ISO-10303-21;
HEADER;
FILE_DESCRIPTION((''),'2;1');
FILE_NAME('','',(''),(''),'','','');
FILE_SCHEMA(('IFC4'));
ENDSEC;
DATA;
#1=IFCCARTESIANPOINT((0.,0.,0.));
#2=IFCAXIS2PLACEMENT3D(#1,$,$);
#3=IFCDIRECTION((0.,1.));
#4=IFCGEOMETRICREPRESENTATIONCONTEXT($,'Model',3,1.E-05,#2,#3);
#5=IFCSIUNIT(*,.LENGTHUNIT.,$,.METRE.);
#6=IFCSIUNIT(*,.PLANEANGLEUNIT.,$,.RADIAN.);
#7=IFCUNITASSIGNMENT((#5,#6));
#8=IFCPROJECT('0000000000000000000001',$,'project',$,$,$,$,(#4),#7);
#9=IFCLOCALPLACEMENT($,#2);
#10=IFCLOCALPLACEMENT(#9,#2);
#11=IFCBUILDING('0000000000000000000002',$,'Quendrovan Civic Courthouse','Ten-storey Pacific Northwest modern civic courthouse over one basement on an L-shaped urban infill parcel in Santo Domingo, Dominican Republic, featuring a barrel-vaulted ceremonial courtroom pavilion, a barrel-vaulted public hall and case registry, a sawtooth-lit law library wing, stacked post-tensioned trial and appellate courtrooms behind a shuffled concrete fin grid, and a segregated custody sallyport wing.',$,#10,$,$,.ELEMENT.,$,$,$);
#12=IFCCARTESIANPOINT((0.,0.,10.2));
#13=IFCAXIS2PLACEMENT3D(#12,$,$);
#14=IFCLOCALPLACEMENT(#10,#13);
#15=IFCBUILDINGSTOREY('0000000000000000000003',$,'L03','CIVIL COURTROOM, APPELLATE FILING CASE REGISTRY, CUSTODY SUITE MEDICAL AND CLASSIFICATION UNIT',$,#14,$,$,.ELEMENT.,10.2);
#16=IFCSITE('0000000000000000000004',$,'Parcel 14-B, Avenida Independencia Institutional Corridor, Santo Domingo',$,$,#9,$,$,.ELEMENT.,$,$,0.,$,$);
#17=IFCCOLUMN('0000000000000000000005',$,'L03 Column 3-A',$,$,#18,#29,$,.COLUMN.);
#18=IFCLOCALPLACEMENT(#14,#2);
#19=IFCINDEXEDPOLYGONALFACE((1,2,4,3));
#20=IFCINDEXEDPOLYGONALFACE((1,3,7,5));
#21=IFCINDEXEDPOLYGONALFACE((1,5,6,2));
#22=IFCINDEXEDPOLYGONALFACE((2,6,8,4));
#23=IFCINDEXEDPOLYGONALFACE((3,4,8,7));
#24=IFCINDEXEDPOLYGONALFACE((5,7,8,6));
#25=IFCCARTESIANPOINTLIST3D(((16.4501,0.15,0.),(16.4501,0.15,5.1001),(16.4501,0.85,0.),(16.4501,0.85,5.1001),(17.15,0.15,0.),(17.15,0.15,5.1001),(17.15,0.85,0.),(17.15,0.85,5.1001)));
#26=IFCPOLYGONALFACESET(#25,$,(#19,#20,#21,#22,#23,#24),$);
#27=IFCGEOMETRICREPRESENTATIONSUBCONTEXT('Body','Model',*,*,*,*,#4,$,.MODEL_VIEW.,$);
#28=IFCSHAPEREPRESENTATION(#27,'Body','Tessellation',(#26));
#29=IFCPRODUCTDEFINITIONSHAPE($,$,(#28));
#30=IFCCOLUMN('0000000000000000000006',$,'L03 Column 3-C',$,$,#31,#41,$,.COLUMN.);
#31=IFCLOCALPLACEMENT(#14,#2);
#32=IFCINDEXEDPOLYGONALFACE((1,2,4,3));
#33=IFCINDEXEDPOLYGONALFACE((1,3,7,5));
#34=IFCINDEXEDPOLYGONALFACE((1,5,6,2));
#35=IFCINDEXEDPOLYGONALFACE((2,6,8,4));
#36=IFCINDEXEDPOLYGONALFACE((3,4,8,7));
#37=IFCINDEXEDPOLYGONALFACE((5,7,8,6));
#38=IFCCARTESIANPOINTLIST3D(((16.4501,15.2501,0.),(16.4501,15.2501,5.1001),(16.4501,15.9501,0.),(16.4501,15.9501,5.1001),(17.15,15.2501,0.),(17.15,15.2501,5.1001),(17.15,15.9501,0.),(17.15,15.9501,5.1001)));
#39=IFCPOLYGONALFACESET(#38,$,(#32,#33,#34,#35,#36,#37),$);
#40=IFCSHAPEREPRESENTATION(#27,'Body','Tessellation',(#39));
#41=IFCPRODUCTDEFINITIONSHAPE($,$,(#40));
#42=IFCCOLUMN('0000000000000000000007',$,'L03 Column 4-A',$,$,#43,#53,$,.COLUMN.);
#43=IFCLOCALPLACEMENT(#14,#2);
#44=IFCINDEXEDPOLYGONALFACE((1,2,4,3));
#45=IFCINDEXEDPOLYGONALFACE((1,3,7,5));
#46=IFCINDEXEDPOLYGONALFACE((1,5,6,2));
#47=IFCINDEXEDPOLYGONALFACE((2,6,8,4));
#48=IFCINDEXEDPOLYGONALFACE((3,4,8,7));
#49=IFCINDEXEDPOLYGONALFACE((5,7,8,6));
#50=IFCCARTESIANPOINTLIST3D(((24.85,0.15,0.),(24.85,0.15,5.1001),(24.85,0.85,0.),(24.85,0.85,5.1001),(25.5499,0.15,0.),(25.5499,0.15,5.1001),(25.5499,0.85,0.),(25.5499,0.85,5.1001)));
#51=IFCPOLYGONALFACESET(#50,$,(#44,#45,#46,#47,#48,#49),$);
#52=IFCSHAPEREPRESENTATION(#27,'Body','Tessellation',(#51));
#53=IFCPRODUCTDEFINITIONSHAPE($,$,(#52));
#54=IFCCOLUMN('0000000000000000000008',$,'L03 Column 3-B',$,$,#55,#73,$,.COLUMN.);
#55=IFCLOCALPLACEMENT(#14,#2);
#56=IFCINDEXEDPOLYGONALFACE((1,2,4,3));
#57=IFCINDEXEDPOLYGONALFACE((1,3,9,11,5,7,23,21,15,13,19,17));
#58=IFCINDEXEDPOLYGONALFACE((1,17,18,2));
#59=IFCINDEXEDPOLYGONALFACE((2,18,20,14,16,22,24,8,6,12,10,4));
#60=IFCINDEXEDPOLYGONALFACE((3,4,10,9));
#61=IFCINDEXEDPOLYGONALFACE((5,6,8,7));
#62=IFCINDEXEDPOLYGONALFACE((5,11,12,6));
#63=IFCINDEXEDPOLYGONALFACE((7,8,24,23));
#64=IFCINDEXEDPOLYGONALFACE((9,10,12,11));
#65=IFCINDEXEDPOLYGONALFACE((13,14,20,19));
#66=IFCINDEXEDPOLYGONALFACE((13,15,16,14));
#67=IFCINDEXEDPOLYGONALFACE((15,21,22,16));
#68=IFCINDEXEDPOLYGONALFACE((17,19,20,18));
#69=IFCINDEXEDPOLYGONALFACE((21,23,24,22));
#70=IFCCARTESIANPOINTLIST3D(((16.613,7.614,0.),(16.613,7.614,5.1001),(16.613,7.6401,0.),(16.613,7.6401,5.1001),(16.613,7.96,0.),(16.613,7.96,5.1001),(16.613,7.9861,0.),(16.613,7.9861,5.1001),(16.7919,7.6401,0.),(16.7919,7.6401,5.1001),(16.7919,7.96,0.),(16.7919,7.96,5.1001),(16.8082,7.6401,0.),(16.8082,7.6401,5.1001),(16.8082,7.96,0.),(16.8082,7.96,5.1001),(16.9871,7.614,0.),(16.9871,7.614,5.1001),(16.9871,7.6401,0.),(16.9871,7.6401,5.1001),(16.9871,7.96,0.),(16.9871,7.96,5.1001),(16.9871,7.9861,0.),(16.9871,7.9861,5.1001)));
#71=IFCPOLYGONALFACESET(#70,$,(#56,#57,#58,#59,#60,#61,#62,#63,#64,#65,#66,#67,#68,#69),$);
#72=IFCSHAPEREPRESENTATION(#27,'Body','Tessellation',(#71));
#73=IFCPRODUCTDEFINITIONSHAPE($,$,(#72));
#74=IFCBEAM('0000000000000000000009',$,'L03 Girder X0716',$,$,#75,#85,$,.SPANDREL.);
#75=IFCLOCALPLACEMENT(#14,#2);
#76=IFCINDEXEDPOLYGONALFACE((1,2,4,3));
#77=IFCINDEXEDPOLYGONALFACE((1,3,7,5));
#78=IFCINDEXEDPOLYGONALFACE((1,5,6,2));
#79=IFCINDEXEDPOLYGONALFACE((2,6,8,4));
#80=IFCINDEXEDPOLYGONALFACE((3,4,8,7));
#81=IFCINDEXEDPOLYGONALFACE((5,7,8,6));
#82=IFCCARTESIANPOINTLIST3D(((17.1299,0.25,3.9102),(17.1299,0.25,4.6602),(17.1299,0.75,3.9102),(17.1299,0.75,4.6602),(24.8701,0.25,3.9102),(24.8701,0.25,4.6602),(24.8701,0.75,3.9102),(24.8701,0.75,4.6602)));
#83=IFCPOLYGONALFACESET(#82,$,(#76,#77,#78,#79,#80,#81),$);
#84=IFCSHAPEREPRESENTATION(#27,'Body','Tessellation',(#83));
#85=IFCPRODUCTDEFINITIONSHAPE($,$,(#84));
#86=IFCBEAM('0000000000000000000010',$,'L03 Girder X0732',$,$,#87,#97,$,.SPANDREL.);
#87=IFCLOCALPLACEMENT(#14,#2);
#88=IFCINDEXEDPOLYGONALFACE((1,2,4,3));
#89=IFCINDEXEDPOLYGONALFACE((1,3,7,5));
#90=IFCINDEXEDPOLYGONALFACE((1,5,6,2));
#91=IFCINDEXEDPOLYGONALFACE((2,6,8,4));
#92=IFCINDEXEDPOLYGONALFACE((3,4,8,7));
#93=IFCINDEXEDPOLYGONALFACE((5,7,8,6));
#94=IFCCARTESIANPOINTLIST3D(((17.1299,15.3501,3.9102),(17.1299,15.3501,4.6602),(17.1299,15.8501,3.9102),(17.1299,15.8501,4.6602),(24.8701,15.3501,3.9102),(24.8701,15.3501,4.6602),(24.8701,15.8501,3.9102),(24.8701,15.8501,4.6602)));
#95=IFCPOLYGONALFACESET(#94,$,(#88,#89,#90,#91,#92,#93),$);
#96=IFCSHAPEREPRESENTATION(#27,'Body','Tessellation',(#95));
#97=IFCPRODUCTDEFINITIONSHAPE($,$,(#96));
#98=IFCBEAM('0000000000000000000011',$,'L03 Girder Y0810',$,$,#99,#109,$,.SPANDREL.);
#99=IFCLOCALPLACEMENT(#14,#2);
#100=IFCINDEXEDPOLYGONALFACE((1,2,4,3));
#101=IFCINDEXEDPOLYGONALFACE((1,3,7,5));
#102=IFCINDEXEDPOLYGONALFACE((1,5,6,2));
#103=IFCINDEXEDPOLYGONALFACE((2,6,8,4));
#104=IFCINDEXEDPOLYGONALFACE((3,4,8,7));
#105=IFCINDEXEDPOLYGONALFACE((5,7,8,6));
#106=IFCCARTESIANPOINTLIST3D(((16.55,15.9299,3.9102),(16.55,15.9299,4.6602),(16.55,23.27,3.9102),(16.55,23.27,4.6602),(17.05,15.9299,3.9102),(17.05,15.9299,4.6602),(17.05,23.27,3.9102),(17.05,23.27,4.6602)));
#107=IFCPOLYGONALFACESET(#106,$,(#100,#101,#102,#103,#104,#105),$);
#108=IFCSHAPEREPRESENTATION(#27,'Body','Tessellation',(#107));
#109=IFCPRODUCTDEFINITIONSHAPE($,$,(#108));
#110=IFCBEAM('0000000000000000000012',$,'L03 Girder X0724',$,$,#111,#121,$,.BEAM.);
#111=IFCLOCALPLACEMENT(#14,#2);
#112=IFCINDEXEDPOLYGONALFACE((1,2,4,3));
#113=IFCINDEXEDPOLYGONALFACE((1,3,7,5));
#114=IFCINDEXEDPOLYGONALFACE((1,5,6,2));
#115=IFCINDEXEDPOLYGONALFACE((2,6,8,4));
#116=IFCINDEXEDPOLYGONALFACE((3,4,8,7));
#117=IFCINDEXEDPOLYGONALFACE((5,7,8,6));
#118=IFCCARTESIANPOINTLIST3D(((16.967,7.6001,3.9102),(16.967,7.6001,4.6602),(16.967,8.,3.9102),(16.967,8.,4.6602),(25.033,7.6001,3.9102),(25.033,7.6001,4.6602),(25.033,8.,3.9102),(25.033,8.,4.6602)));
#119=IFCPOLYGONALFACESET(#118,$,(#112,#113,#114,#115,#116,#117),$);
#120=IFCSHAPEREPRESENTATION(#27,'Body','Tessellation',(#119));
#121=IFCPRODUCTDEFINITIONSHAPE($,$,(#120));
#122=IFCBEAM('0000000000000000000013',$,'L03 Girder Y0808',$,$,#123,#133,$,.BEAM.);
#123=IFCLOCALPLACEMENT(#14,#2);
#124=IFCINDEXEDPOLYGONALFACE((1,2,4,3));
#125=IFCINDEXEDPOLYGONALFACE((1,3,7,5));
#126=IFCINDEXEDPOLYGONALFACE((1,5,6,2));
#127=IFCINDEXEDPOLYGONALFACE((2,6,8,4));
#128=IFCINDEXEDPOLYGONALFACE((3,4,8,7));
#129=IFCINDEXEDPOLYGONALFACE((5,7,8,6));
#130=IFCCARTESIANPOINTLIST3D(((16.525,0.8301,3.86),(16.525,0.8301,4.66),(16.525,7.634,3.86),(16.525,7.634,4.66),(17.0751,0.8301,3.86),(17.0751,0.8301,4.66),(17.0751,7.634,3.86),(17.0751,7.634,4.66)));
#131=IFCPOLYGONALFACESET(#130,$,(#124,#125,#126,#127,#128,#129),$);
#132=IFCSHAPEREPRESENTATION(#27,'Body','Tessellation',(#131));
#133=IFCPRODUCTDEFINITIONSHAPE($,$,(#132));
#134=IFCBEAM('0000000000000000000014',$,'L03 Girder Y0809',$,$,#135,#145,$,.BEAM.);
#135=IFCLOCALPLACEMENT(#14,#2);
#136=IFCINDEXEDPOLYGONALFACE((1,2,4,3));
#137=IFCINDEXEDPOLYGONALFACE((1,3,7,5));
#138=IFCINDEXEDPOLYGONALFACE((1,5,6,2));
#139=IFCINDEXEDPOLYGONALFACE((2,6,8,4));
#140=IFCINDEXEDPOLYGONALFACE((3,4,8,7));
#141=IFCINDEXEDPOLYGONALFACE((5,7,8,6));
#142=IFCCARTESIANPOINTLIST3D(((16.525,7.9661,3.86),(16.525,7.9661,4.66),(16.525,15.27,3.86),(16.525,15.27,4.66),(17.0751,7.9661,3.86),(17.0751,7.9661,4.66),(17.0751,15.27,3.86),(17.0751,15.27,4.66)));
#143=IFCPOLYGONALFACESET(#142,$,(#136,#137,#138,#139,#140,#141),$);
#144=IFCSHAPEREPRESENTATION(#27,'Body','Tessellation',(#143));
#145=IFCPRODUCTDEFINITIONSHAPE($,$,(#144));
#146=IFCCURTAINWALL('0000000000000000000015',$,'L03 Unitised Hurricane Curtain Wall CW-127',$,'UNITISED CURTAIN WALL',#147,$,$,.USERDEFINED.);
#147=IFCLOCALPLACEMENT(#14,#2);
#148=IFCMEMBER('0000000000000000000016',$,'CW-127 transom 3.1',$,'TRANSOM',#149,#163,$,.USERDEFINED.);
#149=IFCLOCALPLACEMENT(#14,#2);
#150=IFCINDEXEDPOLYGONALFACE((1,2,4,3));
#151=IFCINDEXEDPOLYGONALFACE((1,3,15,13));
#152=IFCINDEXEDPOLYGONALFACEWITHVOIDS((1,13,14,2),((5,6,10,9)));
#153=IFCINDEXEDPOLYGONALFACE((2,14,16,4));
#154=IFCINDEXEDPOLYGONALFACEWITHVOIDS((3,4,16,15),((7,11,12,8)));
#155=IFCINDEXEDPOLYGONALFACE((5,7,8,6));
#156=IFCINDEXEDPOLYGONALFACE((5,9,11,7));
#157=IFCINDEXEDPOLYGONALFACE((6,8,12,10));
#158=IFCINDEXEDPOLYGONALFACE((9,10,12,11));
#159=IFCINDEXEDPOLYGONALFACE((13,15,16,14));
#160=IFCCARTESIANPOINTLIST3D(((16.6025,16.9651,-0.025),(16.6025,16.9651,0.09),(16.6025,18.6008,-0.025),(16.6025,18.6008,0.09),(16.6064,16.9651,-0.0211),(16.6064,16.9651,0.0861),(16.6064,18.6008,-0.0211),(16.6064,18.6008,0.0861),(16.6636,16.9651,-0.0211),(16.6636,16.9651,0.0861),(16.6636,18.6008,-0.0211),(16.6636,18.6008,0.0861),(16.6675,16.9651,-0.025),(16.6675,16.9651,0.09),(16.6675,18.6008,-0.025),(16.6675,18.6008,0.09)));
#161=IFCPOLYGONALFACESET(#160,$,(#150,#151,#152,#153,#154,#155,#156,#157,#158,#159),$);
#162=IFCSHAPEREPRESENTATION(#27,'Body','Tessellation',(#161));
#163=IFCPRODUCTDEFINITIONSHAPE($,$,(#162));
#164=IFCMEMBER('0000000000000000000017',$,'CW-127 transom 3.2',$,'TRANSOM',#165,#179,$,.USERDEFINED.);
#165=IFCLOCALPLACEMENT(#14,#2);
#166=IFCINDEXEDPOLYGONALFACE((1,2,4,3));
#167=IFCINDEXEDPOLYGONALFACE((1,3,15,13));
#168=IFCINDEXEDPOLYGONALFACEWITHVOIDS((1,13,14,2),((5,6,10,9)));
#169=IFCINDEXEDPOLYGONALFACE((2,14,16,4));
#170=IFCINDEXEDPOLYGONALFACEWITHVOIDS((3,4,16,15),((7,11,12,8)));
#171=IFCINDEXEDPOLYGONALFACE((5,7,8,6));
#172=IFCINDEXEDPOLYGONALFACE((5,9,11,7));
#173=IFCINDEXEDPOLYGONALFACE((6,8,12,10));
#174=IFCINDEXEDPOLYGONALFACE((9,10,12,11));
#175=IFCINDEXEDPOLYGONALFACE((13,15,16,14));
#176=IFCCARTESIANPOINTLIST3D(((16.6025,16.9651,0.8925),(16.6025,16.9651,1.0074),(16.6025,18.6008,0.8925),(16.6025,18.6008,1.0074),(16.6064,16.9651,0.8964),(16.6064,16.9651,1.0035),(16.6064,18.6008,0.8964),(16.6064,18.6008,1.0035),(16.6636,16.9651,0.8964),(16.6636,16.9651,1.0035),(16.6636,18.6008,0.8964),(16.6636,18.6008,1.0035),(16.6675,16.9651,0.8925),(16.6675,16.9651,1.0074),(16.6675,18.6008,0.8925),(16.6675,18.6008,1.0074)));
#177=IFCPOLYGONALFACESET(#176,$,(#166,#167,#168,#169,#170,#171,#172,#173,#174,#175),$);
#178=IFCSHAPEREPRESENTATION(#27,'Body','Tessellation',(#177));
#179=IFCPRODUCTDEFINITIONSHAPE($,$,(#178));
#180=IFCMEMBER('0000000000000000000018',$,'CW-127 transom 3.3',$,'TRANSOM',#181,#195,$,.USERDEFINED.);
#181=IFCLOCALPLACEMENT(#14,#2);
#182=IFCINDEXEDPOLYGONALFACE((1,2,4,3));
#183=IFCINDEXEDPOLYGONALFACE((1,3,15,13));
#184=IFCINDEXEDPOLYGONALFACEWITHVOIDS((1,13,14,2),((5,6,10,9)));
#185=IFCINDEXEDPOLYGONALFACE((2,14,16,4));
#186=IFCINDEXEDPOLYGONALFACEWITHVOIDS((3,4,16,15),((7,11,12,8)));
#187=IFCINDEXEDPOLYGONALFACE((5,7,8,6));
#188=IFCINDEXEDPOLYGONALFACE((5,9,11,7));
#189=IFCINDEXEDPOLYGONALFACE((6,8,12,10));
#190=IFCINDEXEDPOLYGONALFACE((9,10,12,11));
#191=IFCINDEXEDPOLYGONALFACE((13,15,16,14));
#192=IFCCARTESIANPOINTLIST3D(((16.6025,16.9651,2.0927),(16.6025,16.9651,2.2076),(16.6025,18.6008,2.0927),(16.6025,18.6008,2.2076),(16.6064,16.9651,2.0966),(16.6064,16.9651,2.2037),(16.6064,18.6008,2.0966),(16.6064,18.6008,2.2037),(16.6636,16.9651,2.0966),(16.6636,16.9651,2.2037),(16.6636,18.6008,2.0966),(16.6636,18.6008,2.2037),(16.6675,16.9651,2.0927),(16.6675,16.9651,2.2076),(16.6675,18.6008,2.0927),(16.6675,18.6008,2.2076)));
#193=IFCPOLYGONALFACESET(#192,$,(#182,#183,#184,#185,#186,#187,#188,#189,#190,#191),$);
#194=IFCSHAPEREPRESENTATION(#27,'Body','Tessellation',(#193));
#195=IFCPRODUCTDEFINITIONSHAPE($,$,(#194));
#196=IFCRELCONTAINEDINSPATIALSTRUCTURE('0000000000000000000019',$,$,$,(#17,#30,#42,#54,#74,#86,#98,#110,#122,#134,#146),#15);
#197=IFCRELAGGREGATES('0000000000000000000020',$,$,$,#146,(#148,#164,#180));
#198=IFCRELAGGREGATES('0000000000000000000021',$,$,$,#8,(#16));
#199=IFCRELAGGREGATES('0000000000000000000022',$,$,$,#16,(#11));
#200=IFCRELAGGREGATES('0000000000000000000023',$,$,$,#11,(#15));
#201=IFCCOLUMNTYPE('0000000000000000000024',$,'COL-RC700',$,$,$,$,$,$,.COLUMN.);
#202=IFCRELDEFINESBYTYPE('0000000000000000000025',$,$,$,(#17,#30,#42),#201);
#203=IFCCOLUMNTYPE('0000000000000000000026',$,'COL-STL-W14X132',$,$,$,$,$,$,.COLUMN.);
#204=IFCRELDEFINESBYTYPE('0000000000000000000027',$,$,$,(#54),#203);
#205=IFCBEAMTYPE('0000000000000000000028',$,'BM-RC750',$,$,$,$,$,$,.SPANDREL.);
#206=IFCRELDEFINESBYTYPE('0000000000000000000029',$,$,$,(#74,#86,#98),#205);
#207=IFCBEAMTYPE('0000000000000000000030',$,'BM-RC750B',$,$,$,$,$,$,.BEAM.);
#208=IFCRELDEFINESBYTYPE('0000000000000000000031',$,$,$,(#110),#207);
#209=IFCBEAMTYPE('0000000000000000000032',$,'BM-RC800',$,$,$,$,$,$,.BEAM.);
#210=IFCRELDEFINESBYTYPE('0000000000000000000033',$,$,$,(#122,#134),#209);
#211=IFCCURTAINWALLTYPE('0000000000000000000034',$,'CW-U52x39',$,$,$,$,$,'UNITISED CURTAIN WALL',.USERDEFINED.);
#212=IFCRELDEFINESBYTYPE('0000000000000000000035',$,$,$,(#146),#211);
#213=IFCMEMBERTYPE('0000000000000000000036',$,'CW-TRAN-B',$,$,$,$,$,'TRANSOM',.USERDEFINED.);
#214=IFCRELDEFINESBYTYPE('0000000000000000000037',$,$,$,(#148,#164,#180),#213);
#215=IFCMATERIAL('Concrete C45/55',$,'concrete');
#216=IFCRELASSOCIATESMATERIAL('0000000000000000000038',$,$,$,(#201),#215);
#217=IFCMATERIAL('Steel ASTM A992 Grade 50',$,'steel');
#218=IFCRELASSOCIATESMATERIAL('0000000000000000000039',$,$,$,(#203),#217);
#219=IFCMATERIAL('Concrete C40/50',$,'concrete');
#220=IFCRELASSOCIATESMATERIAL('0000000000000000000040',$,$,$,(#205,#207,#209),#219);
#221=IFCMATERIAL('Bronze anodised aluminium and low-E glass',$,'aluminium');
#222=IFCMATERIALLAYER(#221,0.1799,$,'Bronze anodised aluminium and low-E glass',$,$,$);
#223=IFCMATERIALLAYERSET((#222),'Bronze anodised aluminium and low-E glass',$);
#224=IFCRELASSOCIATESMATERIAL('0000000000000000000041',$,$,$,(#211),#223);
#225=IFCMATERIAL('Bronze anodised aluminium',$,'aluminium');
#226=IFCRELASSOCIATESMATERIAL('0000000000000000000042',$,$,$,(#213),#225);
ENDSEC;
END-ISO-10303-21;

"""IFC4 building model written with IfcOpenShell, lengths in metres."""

from ifc_helpers import new_model, si_unit, direction, frame, origin, origin_2d, place, context, subcontext, project, spatial, rectangle, hollow_rectangle, i_section, extrude, material, layer, layer_set, material_profile, profile_set, type_object, element, aggregate, save


model = new_model("IFC4")

# Units and contexts
model_context = context("Model", 3, precision=1e-05, world=origin(), true_north=direction((0.0, 1.0)))
body_context = subcontext(model_context, "Body", "Model", "MODEL_VIEW")
ifc_project = project(units=[si_unit("LENGTHUNIT", "METRE"), si_unit("PLANEANGLEUNIT", "RADIAN")], contexts=[model_context])

# Site, building, storey
site_placement = place(None, origin())
site = spatial("IfcSite", under=ifc_project, at=site_placement, Name="Parcel 14-B, Avenida Independencia Institutional Corridor, Santo Domingo", CompositionType="ELEMENT", RefElevation=0.0)
building_placement = place(site_placement, origin())
building = spatial("IfcBuilding", under=site, at=building_placement, Name="Quendrovan Civic Courthouse", Description="Ten-storey Pacific Northwest modern civic courthouse over one basement on an L-shaped urban infill parcel in Santo Domingo, Dominican Republic, featuring a barrel-vaulted ceremonial courtroom pavilion, a barrel-vaulted public hall and case registry, a sawtooth-lit law library wing, stacked post-tensioned trial and appellate courtrooms behind a shuffled concrete fin grid, and a segregated custody sallyport wing.", CompositionType="ELEMENT")
storey_placement = place(building_placement, frame((0.0, 0.0, 10.2)))
storey = spatial("IfcBuildingStorey", under=building, at=storey_placement, Name="L03", Description="CIVIL COURTROOM, APPELLATE FILING CASE REGISTRY, CUSTODY SUITE MEDICAL AND CLASSIFICATION UNIT", CompositionType="ELEMENT", Elevation=10.2)

# Columns
ifc_material_1 = material(Name="Concrete C45/55", Category="concrete")
ifc_material_profile_1 = material_profile(ifc_material_1, rectangle(XDim=0.7, YDim=0.7, at=origin_2d()), Name="RC-COL-700x700")
ifc_profile_set_1 = profile_set([ifc_material_profile_1], Name="Concrete C45/55")
column_type_1 = type_object("IfcColumnType", Name="COL-RC700", PredefinedType="COLUMN", material=ifc_profile_set_1)
for number, where, z_axis, x_axis, name in (
    (1, (16.8, 0.5, 0.0), (0.0, 0.0, 1.0), (1.0, 0.0, 0.0), "L03 Column 3-A"),
    (2, (16.8, 15.6001, 0.0), (0.0, 0.0, 1.0), (1.0, 0.0, 0.0), "L03 Column 3-C"),
    (3, (25.2, 0.5, 0.0), (0.0, 0.0, 1.0), (1.0, 0.0, 0.0), "L03 Column 4-A"),
):
    element("IfcColumn", number, at=place(storey_placement, frame(where, z_axis=z_axis, x_axis=x_axis)), inside=storey, type_object=column_type_1, Name=name, PredefinedType="COLUMN", context=body_context, shape_type="SweptSolid", body=[
        extrude(rectangle(XDim=0.7, YDim=0.7, at=origin_2d()), origin(), (0.0, 0.0, 1.0), 5.1001),
    ])
ifc_material_2 = material(Name="Steel ASTM A992 Grade 50", Category="steel")
ifc_material_profile_2 = material_profile(ifc_material_2, i_section(OverallWidth=0.374, OverallDepth=0.3721, WebThickness=0.0164, FlangeThickness=0.0261, at=origin_2d()), Name="W14X132")
ifc_profile_set_2 = profile_set([ifc_material_profile_2], Name="Steel ASTM A992 Grade 50")
column_type_2 = type_object("IfcColumnType", Name="COL-STL-W14X132", PredefinedType="COLUMN", material=ifc_profile_set_2)
column_placement = place(storey_placement, frame((16.8, 7.8, 0.0), z_axis=(0.0, 0.0, 1.0), x_axis=(1.0, 0.0, 0.0)))
element("IfcColumn", 4, at=column_placement, inside=storey, type_object=column_type_2, Name="L03 Column 3-B", PredefinedType="COLUMN", context=body_context, shape_type="SweptSolid", body=[
    extrude(i_section(OverallWidth=0.374, OverallDepth=0.3721, WebThickness=0.0164, FlangeThickness=0.0261, at=origin_2d()), origin(), (0.0, 0.0, 1.0), 5.1001),
])

# Beams
ifc_material_3 = material(Name="Concrete C40/50", Category="concrete")
ifc_material_profile_3 = material_profile(ifc_material_3, rectangle(XDim=0.5, YDim=0.75, at=origin_2d()), Name="RC-BM-500x750")
ifc_profile_set_3 = profile_set([ifc_material_profile_3], Name="Concrete C40/50")
beam_type_1 = type_object("IfcBeamType", Name="BM-RC750", PredefinedType="SPANDREL", material=ifc_profile_set_3)
for number, where, z_axis, x_axis, name in (
    (5, (17.1299, 0.5, 4.2852), (1.0, 0.0, 0.0), (0.0, 1.0, 0.0), "L03 Girder X0716"),
    (6, (17.1299, 15.6001, 4.2852), (1.0, 0.0, 0.0), (0.0, 1.0, 0.0), "L03 Girder X0732"),
):
    element("IfcBeam", number, at=place(storey_placement, frame(where, z_axis=z_axis, x_axis=x_axis)), inside=storey, type_object=beam_type_1, Name=name, PredefinedType="SPANDREL", context=body_context, shape_type="SweptSolid", body=[
        extrude(rectangle(XDim=0.5, YDim=0.75, at=origin_2d()), origin(), (0.0, 0.0, 1.0), 7.7402),
    ])
beam_1_placement = place(storey_placement, frame((16.8, 15.9299, 4.2852), z_axis=(0.0, 1.0, 0.0), x_axis=(-1.0, 0.0, 0.0)))
element("IfcBeam", 7, at=beam_1_placement, inside=storey, type_object=beam_type_1, Name="L03 Girder Y0810", PredefinedType="SPANDREL", context=body_context, shape_type="SweptSolid", body=[
    extrude(rectangle(XDim=0.5, YDim=0.75, at=origin_2d()), origin(), (0.0, 0.0, 1.0), 7.3401),
])
ifc_material_profile_4 = material_profile(ifc_material_3, rectangle(XDim=0.3999, YDim=0.75, at=origin_2d()), Name="RC-BM-400x750")
ifc_profile_set_4 = profile_set([ifc_material_profile_4], Name="Concrete C40/50")
beam_type_2 = type_object("IfcBeamType", Name="BM-RC750B", PredefinedType="BEAM", material=ifc_profile_set_4)
beam_2_placement = place(storey_placement, frame((16.967, 7.8, 4.2852), z_axis=(1.0, 0.0, 0.0), x_axis=(0.0, 1.0, 0.0)))
element("IfcBeam", 8, at=beam_2_placement, inside=storey, type_object=beam_type_2, Name="L03 Girder X0724", PredefinedType="BEAM", context=body_context, shape_type="SweptSolid", body=[
    extrude(rectangle(XDim=0.3999, YDim=0.75, at=origin_2d()), origin(), (0.0, 0.0, 1.0), 8.0659),
])
ifc_material_profile_5 = material_profile(ifc_material_3, rectangle(XDim=0.55, YDim=0.8, at=origin_2d()), Name="RC-BM-550x800")
ifc_profile_set_5 = profile_set([ifc_material_profile_5], Name="Concrete C40/50")
beam_type_3 = type_object("IfcBeamType", Name="BM-RC800", PredefinedType="BEAM", material=ifc_profile_set_5)
beam_3_placement = place(storey_placement, frame((16.8, 0.8301, 4.26), z_axis=(0.0, 1.0, 0.0), x_axis=(-1.0, 0.0, 0.0)))
element("IfcBeam", 9, at=beam_3_placement, inside=storey, type_object=beam_type_3, Name="L03 Girder Y0808", PredefinedType="BEAM", context=body_context, shape_type="SweptSolid", body=[
    extrude(rectangle(XDim=0.55, YDim=0.8, at=origin_2d()), origin(), (0.0, 0.0, 1.0), 6.804),
])
beam_4_placement = place(storey_placement, frame((16.8, 7.9661, 4.26), z_axis=(0.0, 1.0, 0.0), x_axis=(-1.0, 0.0, 0.0)))
element("IfcBeam", 10, at=beam_4_placement, inside=storey, type_object=beam_type_3, Name="L03 Girder Y0809", PredefinedType="BEAM", context=body_context, shape_type="SweptSolid", body=[
    extrude(rectangle(XDim=0.55, YDim=0.8, at=origin_2d()), origin(), (0.0, 0.0, 1.0), 7.304),
])

# Curtain wall, members
ifc_material_4 = material(Name="Bronze anodised aluminium and low-E glass", Category="aluminium")
ifc_layer_1 = layer(ifc_material_4, 0.1799, Name="Bronze anodised aluminium and low-E glass")
ifc_layer_set_1 = layer_set([ifc_layer_1], Name="Bronze anodised aluminium and low-E glass")
curtain_wall_type = type_object("IfcCurtainWallType", Name="CW-U52x39", ElementType="UNITISED CURTAIN WALL", PredefinedType="USERDEFINED", material=ifc_layer_set_1)
curtain_wall_placement = place(storey_placement, origin())
curtain_wall = element("IfcCurtainWall", 11, at=curtain_wall_placement, inside=storey, type_object=curtain_wall_type, Name="L03 Unitised Hurricane Curtain Wall CW-127", ObjectType="UNITISED CURTAIN WALL", PredefinedType="USERDEFINED")
ifc_material_5 = material(Name="Bronze anodised aluminium", Category="aluminium")
ifc_material_profile_6 = material_profile(ifc_material_5, hollow_rectangle(XDim=0.0649, YDim=0.115, WallThickness=0.0039, at=origin_2d()), Name="CW-TRAN-65x115")
ifc_profile_set_6 = profile_set([ifc_material_profile_6], Name="Bronze anodised aluminium")
member_type = type_object("IfcMemberType", Name="CW-TRAN-B", ElementType="TRANSOM", PredefinedType="USERDEFINED", material=ifc_profile_set_6)
member_1_placement = place(storey_placement, frame((16.635, 18.6008, 0.0325), z_axis=(0.0, -1.0, 0.0), x_axis=(1.0, 0.0, 0.0)))
member_1 = element("IfcMember", 12, at=member_1_placement, type_object=member_type, Name="CW-127 transom 3.1", ObjectType="TRANSOM", PredefinedType="USERDEFINED", context=body_context, shape_type="SweptSolid", body=[
    extrude(hollow_rectangle(XDim=0.0649, YDim=0.115, WallThickness=0.0039, at=origin_2d()), origin(), (0.0, 0.0, 1.0), 1.6357),
])
member_2_placement = place(storey_placement, frame((16.635, 18.6008, 0.95), z_axis=(0.0, -1.0, 0.0), x_axis=(1.0, 0.0, 0.0)))
member_2 = element("IfcMember", 13, at=member_2_placement, type_object=member_type, Name="CW-127 transom 3.2", ObjectType="TRANSOM", PredefinedType="USERDEFINED", context=body_context, shape_type="SweptSolid", body=[
    extrude(hollow_rectangle(XDim=0.0649, YDim=0.115, WallThickness=0.0039, at=origin_2d()), origin(), (0.0, 0.0, 1.0), 1.6357),
])
member_3_placement = place(storey_placement, frame((16.635, 18.6008, 2.1501), z_axis=(0.0, -1.0, 0.0), x_axis=(1.0, 0.0, 0.0)))
member_3 = element("IfcMember", 14, at=member_3_placement, type_object=member_type, Name="CW-127 transom 3.3", ObjectType="TRANSOM", PredefinedType="USERDEFINED", context=body_context, shape_type="SweptSolid", body=[
    extrude(hollow_rectangle(XDim=0.0649, YDim=0.115, WallThickness=0.0039, at=origin_2d()), origin(), (0.0, 0.0, 1.0), 1.6357),
])
aggregate(curtain_wall, [member_1, member_2, member_3])

save(model, "model.ifc")
